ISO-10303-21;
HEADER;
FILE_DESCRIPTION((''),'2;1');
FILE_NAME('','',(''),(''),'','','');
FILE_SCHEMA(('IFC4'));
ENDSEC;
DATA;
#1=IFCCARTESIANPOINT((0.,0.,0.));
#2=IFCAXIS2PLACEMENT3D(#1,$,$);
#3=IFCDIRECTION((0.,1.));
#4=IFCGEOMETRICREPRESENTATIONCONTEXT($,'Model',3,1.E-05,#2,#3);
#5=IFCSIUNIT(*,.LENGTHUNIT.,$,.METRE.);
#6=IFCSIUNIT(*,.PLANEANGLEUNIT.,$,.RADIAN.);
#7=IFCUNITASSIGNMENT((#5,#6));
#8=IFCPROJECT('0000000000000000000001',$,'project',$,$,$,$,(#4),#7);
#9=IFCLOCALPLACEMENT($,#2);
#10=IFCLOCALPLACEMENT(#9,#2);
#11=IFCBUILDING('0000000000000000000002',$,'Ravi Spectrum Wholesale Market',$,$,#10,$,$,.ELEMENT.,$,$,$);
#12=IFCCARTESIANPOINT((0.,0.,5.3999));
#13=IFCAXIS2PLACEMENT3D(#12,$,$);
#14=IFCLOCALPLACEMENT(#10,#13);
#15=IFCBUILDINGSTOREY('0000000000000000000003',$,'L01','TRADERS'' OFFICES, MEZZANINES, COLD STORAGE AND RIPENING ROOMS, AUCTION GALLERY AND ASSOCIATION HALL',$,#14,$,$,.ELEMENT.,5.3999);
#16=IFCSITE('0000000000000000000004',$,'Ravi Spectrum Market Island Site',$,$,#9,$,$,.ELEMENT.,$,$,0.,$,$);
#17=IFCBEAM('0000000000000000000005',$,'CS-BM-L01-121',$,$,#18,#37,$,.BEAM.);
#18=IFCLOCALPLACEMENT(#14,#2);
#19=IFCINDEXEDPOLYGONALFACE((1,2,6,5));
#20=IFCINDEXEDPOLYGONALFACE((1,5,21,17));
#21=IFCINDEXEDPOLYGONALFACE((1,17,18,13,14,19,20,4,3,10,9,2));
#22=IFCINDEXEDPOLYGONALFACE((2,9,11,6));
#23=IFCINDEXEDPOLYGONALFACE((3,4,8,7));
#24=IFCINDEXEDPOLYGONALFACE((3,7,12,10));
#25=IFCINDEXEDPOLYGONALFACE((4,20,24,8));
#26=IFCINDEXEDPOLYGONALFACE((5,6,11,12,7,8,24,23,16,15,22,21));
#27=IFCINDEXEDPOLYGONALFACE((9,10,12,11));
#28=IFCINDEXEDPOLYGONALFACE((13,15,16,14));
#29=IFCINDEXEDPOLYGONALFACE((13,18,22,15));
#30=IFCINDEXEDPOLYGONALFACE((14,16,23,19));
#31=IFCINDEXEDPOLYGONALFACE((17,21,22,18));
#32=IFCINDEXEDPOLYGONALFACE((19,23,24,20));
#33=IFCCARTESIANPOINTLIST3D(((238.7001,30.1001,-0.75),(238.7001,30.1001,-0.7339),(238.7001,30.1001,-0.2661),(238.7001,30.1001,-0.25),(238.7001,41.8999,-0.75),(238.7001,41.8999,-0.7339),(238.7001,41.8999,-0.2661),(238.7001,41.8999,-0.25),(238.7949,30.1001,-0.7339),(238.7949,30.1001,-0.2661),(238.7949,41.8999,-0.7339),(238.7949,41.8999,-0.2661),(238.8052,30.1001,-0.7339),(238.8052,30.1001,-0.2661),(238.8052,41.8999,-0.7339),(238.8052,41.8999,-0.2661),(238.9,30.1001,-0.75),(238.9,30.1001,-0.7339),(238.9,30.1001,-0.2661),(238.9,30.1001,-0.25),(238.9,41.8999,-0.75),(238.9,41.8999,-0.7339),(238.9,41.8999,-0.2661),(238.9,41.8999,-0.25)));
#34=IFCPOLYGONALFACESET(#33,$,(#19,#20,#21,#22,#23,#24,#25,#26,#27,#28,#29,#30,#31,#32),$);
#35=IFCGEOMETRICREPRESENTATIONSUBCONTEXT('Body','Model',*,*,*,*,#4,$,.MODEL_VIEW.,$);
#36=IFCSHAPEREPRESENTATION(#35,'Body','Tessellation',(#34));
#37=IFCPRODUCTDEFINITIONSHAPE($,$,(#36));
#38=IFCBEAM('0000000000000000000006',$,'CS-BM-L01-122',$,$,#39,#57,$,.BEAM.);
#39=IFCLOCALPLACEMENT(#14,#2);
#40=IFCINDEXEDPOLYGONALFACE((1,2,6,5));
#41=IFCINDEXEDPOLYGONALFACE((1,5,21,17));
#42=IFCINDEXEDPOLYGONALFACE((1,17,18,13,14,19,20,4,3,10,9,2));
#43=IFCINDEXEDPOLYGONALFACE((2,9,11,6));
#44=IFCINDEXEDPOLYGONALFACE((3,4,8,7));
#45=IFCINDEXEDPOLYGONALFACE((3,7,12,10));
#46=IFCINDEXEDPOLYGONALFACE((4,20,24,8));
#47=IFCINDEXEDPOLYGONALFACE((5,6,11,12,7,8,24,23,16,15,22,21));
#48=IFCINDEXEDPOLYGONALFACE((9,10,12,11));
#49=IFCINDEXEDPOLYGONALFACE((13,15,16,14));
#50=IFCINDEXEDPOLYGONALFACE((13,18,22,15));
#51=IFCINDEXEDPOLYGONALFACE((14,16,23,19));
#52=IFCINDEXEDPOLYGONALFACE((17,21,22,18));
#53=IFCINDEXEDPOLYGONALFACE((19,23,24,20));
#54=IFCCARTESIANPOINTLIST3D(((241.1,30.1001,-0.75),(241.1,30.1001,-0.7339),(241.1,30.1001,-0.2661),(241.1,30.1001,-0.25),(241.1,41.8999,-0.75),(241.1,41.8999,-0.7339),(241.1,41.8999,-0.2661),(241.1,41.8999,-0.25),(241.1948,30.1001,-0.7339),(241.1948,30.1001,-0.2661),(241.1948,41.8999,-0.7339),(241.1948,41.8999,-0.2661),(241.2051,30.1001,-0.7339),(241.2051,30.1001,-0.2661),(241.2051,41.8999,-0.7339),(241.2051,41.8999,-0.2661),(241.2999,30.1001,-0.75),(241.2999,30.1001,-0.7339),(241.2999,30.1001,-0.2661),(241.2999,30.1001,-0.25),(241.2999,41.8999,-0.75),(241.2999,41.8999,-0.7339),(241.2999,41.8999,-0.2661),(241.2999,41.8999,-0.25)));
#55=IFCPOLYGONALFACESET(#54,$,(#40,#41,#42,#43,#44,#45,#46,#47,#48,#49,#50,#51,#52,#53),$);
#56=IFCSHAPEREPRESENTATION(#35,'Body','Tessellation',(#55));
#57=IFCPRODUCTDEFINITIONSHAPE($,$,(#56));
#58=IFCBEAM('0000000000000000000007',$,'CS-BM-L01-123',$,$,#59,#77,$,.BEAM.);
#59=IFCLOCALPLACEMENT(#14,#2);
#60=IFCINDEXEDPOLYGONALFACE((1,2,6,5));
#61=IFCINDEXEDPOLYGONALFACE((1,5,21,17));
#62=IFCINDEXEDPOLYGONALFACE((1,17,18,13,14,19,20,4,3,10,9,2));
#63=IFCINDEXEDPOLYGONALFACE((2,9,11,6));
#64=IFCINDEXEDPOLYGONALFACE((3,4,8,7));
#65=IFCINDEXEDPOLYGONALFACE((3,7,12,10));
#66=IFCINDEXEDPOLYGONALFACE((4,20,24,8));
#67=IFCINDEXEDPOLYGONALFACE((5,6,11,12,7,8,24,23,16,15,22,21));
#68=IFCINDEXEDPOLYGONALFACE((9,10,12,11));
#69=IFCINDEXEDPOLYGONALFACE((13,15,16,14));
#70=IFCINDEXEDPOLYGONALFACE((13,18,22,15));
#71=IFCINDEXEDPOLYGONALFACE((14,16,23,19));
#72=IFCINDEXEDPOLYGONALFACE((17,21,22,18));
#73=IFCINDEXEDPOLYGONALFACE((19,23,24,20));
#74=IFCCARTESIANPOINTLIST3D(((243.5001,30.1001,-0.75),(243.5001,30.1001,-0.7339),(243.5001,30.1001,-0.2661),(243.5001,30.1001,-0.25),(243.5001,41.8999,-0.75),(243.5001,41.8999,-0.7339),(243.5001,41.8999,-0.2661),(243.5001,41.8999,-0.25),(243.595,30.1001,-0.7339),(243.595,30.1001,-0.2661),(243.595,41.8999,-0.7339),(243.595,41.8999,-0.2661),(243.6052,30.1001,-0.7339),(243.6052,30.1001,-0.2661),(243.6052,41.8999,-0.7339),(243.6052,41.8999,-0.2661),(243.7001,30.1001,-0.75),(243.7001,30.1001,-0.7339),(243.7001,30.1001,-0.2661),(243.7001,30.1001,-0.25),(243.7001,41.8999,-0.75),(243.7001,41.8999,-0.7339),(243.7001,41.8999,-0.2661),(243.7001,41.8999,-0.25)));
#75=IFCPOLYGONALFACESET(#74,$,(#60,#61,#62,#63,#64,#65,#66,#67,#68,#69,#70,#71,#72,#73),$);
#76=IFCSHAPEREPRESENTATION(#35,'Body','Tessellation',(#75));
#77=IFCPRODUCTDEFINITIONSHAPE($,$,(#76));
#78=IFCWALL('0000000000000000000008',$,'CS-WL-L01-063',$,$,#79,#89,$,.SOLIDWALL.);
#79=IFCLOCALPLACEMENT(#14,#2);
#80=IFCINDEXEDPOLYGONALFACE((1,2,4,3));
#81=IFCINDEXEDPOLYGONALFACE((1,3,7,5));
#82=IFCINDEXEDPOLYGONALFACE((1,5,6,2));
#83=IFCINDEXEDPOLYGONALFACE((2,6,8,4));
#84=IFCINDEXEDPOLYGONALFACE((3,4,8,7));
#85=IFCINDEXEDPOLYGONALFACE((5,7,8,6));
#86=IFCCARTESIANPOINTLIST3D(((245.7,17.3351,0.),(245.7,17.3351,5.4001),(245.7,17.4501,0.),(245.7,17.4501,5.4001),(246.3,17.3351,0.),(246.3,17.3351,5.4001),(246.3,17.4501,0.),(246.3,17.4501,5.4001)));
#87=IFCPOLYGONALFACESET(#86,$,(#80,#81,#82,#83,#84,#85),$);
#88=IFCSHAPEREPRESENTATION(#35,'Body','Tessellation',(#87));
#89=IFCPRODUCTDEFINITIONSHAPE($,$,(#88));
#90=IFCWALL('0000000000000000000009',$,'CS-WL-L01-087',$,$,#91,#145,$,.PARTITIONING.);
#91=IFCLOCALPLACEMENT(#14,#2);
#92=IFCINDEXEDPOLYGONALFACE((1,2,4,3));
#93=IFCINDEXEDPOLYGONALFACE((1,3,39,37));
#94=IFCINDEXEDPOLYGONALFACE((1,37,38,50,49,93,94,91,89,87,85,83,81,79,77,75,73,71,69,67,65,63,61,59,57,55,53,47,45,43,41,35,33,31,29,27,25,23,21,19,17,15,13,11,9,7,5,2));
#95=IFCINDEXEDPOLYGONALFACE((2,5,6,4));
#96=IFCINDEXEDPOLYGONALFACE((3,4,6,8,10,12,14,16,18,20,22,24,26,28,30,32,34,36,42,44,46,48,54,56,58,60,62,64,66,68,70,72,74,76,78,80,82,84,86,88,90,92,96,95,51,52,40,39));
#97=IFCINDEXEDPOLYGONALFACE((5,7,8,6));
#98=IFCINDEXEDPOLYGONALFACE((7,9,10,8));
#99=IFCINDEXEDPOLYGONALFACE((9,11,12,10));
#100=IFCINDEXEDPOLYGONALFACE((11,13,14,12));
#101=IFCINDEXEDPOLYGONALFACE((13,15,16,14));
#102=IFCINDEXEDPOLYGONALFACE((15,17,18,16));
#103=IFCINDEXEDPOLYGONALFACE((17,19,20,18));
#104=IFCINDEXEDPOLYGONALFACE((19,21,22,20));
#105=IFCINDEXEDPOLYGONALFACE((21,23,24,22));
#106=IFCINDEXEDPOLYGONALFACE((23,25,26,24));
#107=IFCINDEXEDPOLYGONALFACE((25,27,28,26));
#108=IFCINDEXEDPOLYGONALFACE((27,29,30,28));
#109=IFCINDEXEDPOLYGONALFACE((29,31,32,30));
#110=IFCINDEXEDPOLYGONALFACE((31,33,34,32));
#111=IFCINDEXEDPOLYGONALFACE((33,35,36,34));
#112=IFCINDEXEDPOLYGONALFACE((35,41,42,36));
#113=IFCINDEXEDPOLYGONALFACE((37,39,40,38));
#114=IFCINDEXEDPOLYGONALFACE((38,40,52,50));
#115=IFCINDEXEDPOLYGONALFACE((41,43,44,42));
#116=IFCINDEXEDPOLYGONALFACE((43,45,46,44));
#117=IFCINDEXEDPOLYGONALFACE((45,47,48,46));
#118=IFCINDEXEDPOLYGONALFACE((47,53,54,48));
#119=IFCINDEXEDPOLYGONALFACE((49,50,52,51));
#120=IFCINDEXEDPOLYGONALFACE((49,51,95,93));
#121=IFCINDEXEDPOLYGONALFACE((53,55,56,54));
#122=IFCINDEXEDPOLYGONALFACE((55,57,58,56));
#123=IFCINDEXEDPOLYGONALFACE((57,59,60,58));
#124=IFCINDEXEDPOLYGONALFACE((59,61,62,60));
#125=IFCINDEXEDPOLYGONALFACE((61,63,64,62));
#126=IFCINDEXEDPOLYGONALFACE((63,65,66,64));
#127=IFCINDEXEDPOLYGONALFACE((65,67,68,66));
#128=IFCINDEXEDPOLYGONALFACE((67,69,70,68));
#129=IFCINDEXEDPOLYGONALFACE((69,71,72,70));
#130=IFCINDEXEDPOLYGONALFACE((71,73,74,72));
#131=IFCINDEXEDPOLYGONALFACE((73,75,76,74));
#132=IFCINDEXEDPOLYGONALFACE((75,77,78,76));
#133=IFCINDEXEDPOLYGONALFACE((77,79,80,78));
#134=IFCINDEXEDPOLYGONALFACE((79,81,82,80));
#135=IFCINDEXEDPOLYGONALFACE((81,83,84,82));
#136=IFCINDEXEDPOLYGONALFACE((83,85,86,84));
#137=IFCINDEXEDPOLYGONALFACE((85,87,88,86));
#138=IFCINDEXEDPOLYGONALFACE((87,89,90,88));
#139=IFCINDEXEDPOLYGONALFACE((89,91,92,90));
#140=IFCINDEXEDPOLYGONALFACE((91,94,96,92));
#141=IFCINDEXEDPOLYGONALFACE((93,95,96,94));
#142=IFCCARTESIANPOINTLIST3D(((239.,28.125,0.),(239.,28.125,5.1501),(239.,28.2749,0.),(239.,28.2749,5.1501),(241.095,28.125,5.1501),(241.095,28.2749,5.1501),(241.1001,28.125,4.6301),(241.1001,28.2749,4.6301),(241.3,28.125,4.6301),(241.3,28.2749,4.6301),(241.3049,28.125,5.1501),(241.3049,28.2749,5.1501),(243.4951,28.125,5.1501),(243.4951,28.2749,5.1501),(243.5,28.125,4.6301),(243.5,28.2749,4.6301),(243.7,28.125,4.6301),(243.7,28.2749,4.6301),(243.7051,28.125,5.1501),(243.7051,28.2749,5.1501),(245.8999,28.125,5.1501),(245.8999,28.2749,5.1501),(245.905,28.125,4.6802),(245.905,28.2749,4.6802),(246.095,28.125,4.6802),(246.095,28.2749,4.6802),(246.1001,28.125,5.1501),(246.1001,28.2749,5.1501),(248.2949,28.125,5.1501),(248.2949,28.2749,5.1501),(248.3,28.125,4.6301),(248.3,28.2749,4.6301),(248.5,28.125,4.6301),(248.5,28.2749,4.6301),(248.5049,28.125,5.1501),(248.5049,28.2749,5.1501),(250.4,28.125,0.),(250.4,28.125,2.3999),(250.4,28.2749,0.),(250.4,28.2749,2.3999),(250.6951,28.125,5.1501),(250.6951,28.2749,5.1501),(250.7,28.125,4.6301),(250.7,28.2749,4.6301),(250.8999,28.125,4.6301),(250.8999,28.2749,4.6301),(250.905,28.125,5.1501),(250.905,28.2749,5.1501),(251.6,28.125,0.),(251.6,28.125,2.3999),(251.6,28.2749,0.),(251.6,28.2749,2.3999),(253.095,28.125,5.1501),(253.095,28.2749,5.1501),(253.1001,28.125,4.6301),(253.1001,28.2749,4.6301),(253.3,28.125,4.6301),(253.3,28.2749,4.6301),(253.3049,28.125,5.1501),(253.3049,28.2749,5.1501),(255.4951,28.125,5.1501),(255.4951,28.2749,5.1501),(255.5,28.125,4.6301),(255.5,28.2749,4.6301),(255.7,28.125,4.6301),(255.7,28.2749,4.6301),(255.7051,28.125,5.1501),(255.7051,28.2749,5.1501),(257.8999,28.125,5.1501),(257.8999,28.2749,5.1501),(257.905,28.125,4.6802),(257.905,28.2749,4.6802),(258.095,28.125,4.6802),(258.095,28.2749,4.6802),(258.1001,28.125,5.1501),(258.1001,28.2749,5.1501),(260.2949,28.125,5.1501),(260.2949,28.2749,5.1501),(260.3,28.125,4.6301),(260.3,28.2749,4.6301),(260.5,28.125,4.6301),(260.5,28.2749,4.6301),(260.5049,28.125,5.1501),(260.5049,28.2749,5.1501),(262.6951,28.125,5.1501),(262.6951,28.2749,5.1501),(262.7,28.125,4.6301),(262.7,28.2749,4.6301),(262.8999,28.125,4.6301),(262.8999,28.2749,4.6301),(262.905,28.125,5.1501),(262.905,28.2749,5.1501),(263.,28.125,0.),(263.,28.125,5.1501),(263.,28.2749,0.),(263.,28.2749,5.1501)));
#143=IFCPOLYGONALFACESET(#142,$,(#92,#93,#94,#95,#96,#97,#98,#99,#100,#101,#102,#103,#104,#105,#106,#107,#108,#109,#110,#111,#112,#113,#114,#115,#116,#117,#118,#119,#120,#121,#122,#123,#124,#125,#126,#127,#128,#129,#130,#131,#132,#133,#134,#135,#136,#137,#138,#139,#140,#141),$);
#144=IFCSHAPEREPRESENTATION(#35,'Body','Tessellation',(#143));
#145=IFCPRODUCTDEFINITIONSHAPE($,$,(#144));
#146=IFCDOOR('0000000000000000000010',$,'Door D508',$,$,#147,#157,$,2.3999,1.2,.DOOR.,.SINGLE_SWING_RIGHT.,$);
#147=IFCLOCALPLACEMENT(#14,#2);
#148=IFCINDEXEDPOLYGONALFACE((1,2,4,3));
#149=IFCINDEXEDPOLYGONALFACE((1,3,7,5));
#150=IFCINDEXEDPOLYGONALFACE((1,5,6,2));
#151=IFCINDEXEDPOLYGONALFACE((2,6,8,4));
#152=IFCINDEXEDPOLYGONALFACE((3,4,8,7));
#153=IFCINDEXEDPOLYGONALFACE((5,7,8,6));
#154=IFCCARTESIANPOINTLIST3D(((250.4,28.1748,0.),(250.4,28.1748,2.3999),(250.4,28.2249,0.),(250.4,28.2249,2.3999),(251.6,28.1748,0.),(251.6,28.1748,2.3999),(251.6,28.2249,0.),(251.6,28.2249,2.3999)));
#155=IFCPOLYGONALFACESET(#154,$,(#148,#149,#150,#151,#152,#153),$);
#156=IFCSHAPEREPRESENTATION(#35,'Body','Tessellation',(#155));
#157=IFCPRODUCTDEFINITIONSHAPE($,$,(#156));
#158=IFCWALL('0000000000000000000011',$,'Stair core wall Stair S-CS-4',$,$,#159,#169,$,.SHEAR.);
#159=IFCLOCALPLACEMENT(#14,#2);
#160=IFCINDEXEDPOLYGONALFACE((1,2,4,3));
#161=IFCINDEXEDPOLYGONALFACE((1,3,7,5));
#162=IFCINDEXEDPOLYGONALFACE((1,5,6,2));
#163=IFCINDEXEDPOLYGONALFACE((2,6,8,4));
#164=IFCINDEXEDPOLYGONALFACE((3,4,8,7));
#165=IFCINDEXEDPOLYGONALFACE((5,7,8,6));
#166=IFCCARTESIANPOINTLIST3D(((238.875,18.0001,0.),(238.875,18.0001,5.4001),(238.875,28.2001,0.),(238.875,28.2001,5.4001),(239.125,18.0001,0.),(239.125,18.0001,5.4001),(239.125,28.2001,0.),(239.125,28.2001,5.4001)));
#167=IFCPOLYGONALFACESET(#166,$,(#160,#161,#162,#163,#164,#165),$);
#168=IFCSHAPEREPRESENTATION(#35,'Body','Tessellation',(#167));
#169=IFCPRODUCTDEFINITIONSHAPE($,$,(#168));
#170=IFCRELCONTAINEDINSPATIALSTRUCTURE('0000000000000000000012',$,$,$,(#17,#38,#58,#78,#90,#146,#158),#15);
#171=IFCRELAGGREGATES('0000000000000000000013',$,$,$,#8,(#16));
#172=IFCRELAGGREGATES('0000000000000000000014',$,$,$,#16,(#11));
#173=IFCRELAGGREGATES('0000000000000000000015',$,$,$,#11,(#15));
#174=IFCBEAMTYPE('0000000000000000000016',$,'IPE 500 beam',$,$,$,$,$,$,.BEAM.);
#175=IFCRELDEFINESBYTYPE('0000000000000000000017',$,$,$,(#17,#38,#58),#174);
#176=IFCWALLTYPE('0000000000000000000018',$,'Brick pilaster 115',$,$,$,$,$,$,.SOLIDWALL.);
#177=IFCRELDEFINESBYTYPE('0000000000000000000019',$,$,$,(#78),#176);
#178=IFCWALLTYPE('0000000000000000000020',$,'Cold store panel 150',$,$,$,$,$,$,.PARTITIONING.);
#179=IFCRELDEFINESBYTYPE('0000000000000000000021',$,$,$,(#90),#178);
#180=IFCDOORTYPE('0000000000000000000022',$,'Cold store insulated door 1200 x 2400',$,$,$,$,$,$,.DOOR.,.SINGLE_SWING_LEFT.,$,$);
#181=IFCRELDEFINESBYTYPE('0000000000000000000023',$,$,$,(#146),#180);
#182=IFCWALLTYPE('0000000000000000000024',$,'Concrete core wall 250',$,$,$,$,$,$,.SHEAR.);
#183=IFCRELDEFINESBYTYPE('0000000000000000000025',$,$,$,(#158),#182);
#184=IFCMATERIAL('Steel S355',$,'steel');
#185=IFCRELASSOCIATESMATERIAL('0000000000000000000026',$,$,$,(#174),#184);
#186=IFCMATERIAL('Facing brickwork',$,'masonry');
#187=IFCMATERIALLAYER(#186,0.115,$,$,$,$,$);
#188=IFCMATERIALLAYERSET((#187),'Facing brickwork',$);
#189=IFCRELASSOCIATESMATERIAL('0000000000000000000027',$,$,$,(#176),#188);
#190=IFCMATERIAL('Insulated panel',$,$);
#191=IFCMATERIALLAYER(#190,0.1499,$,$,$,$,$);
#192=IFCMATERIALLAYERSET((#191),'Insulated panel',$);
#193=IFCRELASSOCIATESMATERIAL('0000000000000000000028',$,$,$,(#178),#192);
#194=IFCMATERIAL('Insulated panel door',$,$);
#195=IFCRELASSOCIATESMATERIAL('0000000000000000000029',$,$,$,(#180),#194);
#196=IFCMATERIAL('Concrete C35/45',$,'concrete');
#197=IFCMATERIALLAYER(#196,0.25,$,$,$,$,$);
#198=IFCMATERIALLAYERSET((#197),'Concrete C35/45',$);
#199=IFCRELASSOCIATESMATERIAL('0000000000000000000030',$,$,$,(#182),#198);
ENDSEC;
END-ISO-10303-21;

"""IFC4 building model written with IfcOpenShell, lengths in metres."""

from ifc_helpers import new_model, si_unit, direction, frame, frame_2d, origin, origin_2d, place, context, subcontext, project, spatial, polyline, rectangle, i_section, outline, extrude, material, layer, layer_set, material_profile, profile_set, type_object, element, fill, save


model = new_model("IFC4")

# Units and contexts
model_context = context("Model", 3, precision=1e-05, world=origin(), true_north=direction((0.0, 1.0)))
body_context = subcontext(model_context, "Body", "Model", "MODEL_VIEW")
ifc_project = project(units=[si_unit("LENGTHUNIT", "METRE"), si_unit("PLANEANGLEUNIT", "RADIAN")], contexts=[model_context])

# Site, building, storey
site_placement = place(None, origin())
site = spatial("IfcSite", under=ifc_project, at=site_placement, Name="Ravi Spectrum Market Island Site", CompositionType="ELEMENT", RefElevation=0.0)
building_placement = place(site_placement, origin())
building = spatial("IfcBuilding", under=site, at=building_placement, Name="Ravi Spectrum Wholesale Market", CompositionType="ELEMENT")
storey_placement = place(building_placement, frame((0.0, 0.0, 5.3999)))
storey = spatial("IfcBuildingStorey", under=building, at=storey_placement, Name="L01", Description="TRADERS' OFFICES, MEZZANINES, COLD STORAGE AND RIPENING ROOMS, AUCTION GALLERY AND ASSOCIATION HALL", CompositionType="ELEMENT", Elevation=5.3999)

# Beams
ifc_material_1 = material(Name="Steel S355", Category="steel")
ifc_material_profile_1 = material_profile(ifc_material_1, i_section(OverallWidth=0.2, OverallDepth=0.5, WebThickness=0.0103, FlangeThickness=0.0161, at=origin_2d()))
ifc_profile_set_1 = profile_set([ifc_material_profile_1], Name="Steel S355")
beam_type_1 = type_object("IfcBeamType", Name="IPE 500 beam", PredefinedType="BEAM", material=ifc_profile_set_1)
for number, where, z_axis, x_axis, name in (
    (1, (238.8, 30.1001, -0.5), (0.0, 1.0, 0.0), (-1.0, 0.0, 0.0), "CS-BM-L01-121"),
    (2, (241.2, 30.1001, -0.5), (0.0, 1.0, 0.0), (-1.0, 0.0, 0.0), "CS-BM-L01-122"),
    (3, (243.6001, 30.1001, -0.5), (0.0, 1.0, 0.0), (-1.0, 0.0, 0.0), "CS-BM-L01-123"),
):
    element("IfcBeam", number, at=place(storey_placement, frame(where, z_axis=z_axis, x_axis=x_axis)), inside=storey, type_object=beam_type_1, Name=name, PredefinedType="BEAM", context=body_context, shape_type="SweptSolid", body=[
        extrude(i_section(OverallWidth=0.2, OverallDepth=0.5, WebThickness=0.0103, FlangeThickness=0.0161, at=origin_2d()), origin(), (0.0, 0.0, 1.0), 11.7998),
    ])

# Wall
ifc_material_2 = material(Name="Facing brickwork", Category="masonry")
ifc_layer_1 = layer(ifc_material_2, 0.115)
ifc_layer_set_1 = layer_set([ifc_layer_1], Name="Facing brickwork")
wall_type_1 = type_object("IfcWallType", Name="Brick pilaster 115", PredefinedType="SOLIDWALL", material=ifc_layer_set_1)
wall_1_placement = place(storey_placement, frame((245.7, 17.3926, 0.0), z_axis=(0.0, 0.0, 1.0), x_axis=(1.0, 0.0, 0.0)))
element("IfcWall", 4, at=wall_1_placement, inside=storey, type_object=wall_type_1, Name="CS-WL-L01-063", PredefinedType="SOLIDWALL", context=body_context, shape_type="SweptSolid", body=[
    extrude(rectangle(XDim=0.6001, YDim=0.115, at=frame_2d((0.3, 0.0))), origin(), (0.0, 0.0, 1.0), 5.4001),
])

# Wall, opening, door
ifc_material_3 = material(Name="Insulated panel")
ifc_layer_2 = layer(ifc_material_3, 0.1499)
ifc_layer_set_2 = layer_set([ifc_layer_2], Name="Insulated panel")
wall_type_2 = type_object("IfcWallType", Name="Cold store panel 150", PredefinedType="PARTITIONING", material=ifc_layer_set_2)
wall_2_placement = place(storey_placement, frame((239.0, 28.2, 0.0), z_axis=(0.0, 0.0, 1.0), x_axis=(1.0, 0.0, 0.0)))
wall_2 = element("IfcWall", 5, at=wall_2_placement, inside=storey, type_object=wall_type_2, Name="CS-WL-L01-087", PredefinedType="PARTITIONING", context=body_context, shape_type="SweptSolid", body=[
    extrude(outline(polyline([(0.0, 0.0), (24.0, 0.0), (24.0, 5.1501), (23.905, 5.1501), (23.8999, 4.6301), (23.7, 4.6301), (23.6951, 5.1501), (21.5049, 5.1501), (21.5, 4.6301), (21.3, 4.6301), (21.2949, 5.1501), (19.1001, 5.1501), (19.095, 4.6802), (18.905, 4.6802), (18.8999, 5.1501), (16.7051, 5.1501), (16.7, 4.6301), (16.5, 4.6301), (16.4951, 5.1501), (14.3049, 5.1501), (14.3, 4.6301), (14.1001, 4.6301), (14.095, 5.1501), (11.905, 5.1501), (11.8999, 4.6301), (11.7, 4.6301), (11.6951, 5.1501), (9.5049, 5.1501), (9.5, 4.6301), (9.3, 4.6301), (9.2949, 5.1501), (7.1001, 5.1501), (7.095, 4.6802), (6.905, 4.6802), (6.8999, 5.1501), (4.7051, 5.1501), (4.7, 4.6301), (4.5, 4.6301), (4.4951, 5.1501), (2.3049, 5.1501), (2.3, 4.6301), (2.1001, 4.6301), (2.095, 5.1501), (0.0, 5.1501), (0.0, 0.0)])), frame((0.0, 0.075, 0.0), z_axis=(0.0, -1.0, 0.0), x_axis=(1.0, 0.0, 0.0)), (0.0, 0.0, 1.0), 0.1499),
])
opening_placement = place(wall_2_placement, frame((11.3999, 0.0, 0.0)))
opening = element("IfcOpeningElement", 6, at=opening_placement, cuts=wall_2, PredefinedType="OPENING", context=body_context, shape_type="SweptSolid", body=[
    extrude(rectangle(XDim=1.2, YDim=2.3999, at=frame_2d((0.6001, 1.2))), frame((0.0, 0.085, 0.0), z_axis=(0.0, -1.0, 0.0), x_axis=(1.0, 0.0, 0.0)), (0.0, 0.0, 1.0), 0.1699),
])
ifc_material_4 = material(Name="Insulated panel door")
door_type = type_object("IfcDoorType", Name="Cold store insulated door 1200 x 2400", OperationType="SINGLE_SWING_LEFT", PredefinedType="DOOR", material=ifc_material_4)
door_placement = place(opening_placement, origin())
door = element("IfcDoor", 7, at=door_placement, inside=storey, type_object=door_type, Name="Door D508", OperationType="SINGLE_SWING_RIGHT", OverallHeight=2.3999, OverallWidth=1.2, PredefinedType="DOOR", context=body_context, shape_type="SweptSolid", body=[
    extrude(rectangle(XDim=1.2, YDim=2.3999, at=frame_2d((0.6001, 1.2))), frame((0.0, 0.0249, 0.0), z_axis=(0.0, -1.0, 0.0), x_axis=(1.0, 0.0, 0.0)), (0.0, 0.0, 1.0), 0.05),
])
fill(opening, door)

# Wall
ifc_material_5 = material(Name="Concrete C35/45", Category="concrete")
ifc_layer_3 = layer(ifc_material_5, 0.25)
ifc_layer_set_3 = layer_set([ifc_layer_3], Name="Concrete C35/45")
wall_type_3 = type_object("IfcWallType", Name="Concrete core wall 250", PredefinedType="SHEAR", material=ifc_layer_set_3)
wall_3_placement = place(storey_placement, frame((239.0, 18.0, 0.0), z_axis=(0.0, 0.0, 1.0), x_axis=(0.0, 1.0, 0.0)))
element("IfcWall", 8, at=wall_3_placement, inside=storey, type_object=wall_type_3, Name="Stair core wall Stair S-CS-4", PredefinedType="SHEAR", context=body_context, shape_type="SweptSolid", body=[
    extrude(rectangle(XDim=10.2, YDim=0.25, at=frame_2d((5.1001, 0.0))), origin(), (0.0, 0.0, 1.0), 5.4001),
])

save(model, "model.ifc")
